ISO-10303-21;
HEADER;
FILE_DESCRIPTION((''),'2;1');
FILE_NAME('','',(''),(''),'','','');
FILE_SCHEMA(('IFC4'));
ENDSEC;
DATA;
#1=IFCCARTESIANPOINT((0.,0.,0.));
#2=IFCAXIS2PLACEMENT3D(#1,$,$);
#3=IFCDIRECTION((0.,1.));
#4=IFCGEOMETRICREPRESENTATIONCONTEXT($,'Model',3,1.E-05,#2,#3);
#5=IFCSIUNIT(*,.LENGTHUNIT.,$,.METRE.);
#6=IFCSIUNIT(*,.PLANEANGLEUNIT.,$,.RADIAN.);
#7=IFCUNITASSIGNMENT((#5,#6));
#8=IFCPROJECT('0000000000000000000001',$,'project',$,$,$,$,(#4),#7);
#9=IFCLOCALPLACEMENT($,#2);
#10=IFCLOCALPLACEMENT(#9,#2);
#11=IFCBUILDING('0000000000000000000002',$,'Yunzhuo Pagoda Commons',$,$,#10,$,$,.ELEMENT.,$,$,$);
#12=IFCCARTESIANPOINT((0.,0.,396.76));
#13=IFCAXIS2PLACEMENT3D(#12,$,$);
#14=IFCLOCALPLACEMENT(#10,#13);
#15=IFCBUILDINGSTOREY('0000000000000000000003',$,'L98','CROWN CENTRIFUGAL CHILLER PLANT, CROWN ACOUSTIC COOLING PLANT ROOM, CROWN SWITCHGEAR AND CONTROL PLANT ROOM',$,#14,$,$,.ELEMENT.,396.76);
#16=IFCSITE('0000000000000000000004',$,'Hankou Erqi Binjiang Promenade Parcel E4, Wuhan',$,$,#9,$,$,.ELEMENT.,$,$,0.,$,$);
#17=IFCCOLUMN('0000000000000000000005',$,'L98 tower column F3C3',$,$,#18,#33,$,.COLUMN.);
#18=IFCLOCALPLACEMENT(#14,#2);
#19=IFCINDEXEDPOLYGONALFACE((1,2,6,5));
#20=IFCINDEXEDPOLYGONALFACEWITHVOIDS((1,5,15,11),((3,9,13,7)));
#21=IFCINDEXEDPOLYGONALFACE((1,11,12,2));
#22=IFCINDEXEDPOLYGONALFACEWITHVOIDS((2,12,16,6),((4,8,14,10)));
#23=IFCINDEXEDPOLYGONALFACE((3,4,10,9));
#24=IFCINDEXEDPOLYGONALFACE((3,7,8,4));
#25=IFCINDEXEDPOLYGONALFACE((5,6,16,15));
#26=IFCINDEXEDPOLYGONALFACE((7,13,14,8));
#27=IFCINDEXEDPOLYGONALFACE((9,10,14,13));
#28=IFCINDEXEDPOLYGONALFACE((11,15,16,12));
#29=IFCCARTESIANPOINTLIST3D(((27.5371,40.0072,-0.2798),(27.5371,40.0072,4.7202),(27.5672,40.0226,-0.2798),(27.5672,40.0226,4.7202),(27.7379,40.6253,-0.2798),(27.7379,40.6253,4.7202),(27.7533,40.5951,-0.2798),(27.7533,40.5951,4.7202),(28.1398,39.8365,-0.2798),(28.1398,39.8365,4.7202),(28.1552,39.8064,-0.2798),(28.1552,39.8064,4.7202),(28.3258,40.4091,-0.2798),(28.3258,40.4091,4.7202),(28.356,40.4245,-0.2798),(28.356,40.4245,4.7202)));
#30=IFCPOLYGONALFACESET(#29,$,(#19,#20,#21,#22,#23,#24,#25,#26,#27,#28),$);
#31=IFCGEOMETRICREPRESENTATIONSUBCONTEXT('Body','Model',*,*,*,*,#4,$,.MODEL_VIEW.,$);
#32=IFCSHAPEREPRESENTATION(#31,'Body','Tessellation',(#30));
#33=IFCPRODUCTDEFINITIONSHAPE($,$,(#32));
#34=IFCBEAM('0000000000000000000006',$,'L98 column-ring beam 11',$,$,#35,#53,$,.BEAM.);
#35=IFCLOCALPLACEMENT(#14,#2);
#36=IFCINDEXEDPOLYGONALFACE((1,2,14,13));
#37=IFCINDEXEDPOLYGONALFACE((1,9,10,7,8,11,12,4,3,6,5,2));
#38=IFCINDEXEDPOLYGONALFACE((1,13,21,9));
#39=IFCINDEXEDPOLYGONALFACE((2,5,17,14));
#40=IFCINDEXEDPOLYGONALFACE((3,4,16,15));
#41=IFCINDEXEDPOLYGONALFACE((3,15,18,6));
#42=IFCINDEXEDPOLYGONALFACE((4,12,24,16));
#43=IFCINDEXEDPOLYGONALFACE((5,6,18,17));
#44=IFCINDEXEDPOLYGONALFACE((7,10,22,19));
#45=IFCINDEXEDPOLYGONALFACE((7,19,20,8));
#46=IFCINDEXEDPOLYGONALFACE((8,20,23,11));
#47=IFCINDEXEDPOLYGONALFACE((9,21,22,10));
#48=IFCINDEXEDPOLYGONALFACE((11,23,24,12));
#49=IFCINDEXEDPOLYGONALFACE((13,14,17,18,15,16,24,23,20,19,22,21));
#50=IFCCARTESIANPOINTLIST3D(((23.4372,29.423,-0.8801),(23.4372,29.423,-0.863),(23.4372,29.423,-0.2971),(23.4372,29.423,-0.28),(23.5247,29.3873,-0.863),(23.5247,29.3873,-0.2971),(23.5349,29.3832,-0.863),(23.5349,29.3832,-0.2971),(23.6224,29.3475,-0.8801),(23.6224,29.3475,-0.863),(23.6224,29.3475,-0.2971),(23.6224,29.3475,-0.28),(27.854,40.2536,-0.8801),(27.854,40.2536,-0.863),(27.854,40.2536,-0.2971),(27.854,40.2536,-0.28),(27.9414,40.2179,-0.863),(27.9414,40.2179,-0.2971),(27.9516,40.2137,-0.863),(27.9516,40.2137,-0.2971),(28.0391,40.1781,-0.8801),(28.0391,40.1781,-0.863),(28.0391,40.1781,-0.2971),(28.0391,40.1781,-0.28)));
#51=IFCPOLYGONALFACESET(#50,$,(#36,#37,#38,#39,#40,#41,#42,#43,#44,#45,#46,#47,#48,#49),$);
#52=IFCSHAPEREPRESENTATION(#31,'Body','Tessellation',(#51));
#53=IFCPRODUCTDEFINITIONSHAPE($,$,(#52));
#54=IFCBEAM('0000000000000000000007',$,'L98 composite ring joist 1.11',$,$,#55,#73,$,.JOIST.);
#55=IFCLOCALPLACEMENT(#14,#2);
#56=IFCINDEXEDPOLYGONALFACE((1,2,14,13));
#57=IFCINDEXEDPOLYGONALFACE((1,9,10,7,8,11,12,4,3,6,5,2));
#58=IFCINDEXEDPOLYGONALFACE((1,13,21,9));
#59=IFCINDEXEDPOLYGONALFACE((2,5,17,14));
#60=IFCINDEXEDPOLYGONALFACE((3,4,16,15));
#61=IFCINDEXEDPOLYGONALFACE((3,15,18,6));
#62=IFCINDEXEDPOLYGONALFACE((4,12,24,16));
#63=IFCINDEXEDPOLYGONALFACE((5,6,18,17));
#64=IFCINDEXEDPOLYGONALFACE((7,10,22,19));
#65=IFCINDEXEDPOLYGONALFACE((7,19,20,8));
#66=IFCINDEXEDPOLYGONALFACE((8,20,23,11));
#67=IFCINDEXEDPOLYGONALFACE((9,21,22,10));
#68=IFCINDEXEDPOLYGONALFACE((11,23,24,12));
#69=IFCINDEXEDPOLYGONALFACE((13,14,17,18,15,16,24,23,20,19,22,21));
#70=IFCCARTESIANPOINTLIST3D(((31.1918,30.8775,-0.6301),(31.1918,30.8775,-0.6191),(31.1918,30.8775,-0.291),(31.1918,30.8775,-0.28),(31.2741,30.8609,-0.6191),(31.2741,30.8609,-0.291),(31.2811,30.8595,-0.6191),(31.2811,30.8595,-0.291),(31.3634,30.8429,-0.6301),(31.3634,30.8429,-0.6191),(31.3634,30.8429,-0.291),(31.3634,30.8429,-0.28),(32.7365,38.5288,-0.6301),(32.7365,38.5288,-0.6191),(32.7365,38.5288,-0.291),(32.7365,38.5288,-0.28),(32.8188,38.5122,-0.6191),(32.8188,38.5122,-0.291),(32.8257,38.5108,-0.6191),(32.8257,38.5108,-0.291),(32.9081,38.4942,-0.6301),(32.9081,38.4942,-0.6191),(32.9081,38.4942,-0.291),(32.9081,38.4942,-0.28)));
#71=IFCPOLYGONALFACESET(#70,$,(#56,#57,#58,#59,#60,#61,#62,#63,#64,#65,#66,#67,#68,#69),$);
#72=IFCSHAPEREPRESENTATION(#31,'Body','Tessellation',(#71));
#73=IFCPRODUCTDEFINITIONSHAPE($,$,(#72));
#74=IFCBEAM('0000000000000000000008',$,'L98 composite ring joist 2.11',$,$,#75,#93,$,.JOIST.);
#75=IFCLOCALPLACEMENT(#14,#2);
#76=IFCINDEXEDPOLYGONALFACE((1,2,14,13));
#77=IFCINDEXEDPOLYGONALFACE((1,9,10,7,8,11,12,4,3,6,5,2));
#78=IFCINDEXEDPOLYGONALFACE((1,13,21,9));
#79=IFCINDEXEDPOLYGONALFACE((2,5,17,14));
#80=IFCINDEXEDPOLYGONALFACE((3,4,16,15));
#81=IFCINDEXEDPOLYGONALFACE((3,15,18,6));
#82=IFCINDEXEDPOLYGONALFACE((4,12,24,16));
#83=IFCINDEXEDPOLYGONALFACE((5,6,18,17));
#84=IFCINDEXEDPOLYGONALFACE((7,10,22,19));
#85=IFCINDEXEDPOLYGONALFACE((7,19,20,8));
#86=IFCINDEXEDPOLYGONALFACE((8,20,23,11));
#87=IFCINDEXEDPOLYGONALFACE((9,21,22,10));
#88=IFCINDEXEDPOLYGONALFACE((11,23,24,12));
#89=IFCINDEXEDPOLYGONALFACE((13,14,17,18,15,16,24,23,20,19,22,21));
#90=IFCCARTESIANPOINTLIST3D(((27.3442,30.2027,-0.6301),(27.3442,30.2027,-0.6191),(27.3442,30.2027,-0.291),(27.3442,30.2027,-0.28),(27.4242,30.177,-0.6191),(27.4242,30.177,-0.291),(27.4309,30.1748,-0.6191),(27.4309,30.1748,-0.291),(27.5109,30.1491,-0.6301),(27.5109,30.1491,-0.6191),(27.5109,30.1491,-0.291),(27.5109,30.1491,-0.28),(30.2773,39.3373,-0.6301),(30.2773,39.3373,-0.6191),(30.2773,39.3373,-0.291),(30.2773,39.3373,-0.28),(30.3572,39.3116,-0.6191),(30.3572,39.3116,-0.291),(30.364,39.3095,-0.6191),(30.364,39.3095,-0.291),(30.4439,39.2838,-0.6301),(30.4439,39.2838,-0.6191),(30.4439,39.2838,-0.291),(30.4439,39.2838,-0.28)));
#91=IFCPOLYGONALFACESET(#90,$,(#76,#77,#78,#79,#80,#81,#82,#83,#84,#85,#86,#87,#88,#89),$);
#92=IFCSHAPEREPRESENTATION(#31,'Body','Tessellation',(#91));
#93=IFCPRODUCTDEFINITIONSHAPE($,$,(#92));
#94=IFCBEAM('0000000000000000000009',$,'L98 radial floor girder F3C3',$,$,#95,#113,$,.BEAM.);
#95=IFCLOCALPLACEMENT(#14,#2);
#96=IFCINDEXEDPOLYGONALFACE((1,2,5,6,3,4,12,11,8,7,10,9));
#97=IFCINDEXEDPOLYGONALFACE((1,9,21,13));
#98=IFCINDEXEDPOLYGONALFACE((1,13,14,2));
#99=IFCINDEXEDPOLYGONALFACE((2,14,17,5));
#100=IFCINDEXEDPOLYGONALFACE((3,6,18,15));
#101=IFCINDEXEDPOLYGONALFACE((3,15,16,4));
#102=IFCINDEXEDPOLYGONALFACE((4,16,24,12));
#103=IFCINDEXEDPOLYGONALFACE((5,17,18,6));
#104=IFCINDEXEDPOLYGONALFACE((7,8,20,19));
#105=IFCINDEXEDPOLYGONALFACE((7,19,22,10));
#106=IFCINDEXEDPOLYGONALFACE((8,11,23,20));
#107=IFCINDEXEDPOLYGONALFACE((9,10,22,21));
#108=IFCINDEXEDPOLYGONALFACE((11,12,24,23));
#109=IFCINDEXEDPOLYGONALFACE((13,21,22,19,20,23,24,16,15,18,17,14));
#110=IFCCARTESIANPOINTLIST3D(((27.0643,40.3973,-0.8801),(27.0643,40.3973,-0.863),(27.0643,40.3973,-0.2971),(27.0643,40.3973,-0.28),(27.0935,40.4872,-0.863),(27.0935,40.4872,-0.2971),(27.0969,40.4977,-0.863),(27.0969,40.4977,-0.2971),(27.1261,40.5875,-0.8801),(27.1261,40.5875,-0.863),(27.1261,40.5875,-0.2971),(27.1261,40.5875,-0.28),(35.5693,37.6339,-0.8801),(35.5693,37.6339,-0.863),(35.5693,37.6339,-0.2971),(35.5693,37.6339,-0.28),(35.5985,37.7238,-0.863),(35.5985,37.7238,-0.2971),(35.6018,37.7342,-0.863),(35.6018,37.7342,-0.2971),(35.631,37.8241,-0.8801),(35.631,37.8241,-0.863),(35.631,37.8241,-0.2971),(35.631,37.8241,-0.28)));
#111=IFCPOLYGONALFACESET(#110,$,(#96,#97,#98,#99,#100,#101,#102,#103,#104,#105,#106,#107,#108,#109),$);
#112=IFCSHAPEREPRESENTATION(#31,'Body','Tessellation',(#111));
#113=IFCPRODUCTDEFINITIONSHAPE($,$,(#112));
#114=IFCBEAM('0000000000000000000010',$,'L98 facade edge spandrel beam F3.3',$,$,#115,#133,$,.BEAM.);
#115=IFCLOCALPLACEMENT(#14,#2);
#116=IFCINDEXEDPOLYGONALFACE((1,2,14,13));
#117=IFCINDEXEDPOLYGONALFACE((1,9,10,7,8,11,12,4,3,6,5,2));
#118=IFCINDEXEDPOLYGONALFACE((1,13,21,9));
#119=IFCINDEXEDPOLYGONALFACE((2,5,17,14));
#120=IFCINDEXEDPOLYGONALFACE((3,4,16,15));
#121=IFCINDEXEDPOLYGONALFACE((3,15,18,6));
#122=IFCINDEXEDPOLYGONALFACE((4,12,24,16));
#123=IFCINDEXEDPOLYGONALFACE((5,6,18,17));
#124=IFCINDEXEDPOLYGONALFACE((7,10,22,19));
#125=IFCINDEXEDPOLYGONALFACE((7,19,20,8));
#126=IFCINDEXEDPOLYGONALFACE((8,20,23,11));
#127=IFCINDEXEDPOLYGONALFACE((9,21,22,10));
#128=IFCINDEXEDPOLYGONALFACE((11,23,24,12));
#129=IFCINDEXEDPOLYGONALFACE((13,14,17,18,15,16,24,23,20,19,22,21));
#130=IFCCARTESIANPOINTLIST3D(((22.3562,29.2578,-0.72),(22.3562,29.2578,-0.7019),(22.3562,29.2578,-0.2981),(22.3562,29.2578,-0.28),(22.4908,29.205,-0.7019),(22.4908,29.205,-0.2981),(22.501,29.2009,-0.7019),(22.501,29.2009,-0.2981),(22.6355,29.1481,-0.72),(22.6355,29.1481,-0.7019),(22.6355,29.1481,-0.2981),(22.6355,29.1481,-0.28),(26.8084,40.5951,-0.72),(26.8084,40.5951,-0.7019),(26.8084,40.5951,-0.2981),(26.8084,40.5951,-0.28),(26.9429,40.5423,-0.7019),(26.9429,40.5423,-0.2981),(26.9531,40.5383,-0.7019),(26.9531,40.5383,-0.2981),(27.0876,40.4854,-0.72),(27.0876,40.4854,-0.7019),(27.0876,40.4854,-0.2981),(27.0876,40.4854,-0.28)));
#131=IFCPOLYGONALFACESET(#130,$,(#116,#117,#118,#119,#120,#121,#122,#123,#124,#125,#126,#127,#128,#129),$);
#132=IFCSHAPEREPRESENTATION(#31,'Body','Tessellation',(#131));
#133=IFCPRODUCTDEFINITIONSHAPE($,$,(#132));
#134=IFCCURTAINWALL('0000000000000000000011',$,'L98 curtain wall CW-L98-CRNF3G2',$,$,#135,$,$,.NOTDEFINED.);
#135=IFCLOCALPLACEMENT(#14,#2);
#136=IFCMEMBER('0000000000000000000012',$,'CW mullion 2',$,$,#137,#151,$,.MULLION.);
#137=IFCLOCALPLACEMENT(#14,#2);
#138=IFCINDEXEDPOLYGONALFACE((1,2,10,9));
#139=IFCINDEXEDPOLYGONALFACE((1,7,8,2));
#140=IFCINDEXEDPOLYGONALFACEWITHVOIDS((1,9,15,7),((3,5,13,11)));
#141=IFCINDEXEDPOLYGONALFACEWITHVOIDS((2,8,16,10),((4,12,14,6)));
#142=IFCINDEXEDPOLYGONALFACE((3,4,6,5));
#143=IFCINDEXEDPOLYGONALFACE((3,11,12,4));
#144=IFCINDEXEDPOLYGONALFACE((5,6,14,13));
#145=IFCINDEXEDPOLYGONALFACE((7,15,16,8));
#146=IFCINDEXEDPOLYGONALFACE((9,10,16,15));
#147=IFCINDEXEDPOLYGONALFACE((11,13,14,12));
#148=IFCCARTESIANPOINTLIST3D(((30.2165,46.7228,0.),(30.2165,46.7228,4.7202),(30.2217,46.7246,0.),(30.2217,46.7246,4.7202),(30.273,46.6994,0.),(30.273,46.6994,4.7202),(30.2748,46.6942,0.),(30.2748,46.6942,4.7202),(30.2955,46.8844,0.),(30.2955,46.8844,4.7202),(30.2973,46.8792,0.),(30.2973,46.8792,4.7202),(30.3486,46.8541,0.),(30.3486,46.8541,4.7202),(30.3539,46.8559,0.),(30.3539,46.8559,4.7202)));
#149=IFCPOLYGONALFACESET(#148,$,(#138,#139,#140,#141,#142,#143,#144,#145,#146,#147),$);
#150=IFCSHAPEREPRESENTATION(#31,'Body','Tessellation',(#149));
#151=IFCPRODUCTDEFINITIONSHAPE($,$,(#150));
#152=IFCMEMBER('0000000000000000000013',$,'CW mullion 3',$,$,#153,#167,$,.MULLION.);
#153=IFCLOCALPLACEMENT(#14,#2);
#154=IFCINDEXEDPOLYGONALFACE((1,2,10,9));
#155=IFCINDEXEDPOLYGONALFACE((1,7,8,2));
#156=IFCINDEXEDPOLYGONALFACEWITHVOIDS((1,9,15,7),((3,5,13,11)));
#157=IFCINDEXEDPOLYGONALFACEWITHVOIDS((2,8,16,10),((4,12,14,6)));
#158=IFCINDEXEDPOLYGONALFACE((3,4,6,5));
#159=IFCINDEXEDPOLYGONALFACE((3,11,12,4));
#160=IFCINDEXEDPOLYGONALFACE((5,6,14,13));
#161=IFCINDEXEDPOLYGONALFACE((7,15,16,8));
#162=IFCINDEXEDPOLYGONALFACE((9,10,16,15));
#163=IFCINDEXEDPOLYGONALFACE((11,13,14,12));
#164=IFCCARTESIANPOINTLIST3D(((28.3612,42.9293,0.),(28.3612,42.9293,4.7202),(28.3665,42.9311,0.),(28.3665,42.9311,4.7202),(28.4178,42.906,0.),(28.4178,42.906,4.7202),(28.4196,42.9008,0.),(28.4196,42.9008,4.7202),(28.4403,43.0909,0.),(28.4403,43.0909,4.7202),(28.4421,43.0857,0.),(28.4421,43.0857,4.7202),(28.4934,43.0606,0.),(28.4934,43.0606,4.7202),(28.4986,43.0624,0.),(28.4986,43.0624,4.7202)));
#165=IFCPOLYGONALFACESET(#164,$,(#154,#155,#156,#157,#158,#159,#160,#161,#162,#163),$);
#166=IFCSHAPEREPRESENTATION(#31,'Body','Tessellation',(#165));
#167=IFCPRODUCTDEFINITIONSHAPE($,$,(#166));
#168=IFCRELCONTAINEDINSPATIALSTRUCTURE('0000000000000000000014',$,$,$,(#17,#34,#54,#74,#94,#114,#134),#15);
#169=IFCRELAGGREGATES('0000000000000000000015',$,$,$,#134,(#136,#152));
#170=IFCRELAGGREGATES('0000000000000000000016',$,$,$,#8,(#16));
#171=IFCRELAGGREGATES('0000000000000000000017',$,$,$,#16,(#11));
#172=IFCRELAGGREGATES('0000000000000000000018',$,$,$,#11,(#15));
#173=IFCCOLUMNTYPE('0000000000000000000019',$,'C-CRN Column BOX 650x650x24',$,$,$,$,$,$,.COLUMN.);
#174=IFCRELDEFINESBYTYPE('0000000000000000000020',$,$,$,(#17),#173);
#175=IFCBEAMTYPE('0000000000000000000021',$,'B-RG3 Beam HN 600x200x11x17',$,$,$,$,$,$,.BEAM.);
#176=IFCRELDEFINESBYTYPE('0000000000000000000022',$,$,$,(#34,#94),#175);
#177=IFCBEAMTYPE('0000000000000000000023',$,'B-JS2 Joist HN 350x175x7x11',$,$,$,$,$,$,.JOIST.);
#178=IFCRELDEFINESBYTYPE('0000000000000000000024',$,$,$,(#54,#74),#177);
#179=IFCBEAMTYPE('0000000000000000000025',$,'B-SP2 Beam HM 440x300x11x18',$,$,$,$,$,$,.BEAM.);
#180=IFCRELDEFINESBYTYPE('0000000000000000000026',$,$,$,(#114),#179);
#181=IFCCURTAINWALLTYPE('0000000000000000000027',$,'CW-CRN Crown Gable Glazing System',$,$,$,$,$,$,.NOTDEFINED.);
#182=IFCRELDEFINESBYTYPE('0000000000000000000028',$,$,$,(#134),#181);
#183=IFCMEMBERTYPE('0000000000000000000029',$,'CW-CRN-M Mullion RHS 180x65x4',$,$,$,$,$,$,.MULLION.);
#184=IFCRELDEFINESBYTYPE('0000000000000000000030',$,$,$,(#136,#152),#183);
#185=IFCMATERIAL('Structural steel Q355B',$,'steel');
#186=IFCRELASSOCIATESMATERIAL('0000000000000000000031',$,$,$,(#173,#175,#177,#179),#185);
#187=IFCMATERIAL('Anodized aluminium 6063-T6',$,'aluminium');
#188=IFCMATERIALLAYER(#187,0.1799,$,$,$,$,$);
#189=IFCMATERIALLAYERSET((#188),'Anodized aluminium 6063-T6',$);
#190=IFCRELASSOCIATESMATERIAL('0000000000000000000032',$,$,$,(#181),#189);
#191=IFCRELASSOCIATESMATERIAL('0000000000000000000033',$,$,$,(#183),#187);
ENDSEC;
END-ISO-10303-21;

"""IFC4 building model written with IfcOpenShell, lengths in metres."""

from ifc_helpers import new_model, si_unit, direction, frame, origin, origin_2d, place, context, subcontext, project, spatial, hollow_rectangle, i_section, extrude, source, transform, mapped, material, layer, layer_set, material_profile, profile_set, type_object, element, aggregate, save


model = new_model("IFC4")

# Units and contexts
model_context = context("Model", 3, precision=1e-05, world=origin(), true_north=direction((0.0, 1.0)))
body_context = subcontext(model_context, "Body", "Model", "MODEL_VIEW")
ifc_project = project(units=[si_unit("LENGTHUNIT", "METRE"), si_unit("PLANEANGLEUNIT", "RADIAN")], contexts=[model_context])

# Site, building, storey
site_placement = place(None, origin())
site = spatial("IfcSite", under=ifc_project, at=site_placement, Name="Hankou Erqi Binjiang Promenade Parcel E4, Wuhan", CompositionType="ELEMENT", RefElevation=0.0)
building_placement = place(site_placement, origin())
building = spatial("IfcBuilding", under=site, at=building_placement, Name="Yunzhuo Pagoda Commons", CompositionType="ELEMENT")
storey_placement = place(building_placement, frame((0.0, 0.0, 396.76)))
storey = spatial("IfcBuildingStorey", under=building, at=storey_placement, Name="L98", Description="CROWN CENTRIFUGAL CHILLER PLANT, CROWN ACOUSTIC COOLING PLANT ROOM, CROWN SWITCHGEAR AND CONTROL PLANT ROOM", CompositionType="ELEMENT", Elevation=396.76)

# Column
ifc_material_1 = material(Name="Structural steel Q355B", Category="steel")
ifc_material_profile_1 = material_profile(ifc_material_1, hollow_rectangle(XDim=0.6499, YDim=0.6499, WallThickness=0.0239, at=origin_2d()), Name="Structural steel Q355B")
ifc_profile_set_1 = profile_set([ifc_material_profile_1], Name="Structural steel Q355B")
column_type = type_object("IfcColumnType", Name="C-CRN Column BOX 650x650x24", PredefinedType="COLUMN", material=ifc_profile_set_1)
shared_shape_1 = source(origin(), body_context, "Body", "SweptSolid", [
    extrude(hollow_rectangle(XDim=0.6499, YDim=0.6499, WallThickness=0.0239, at=origin_2d()), origin(), (0.0, 0.0, 1.0), 5.0),
])
column_placement = place(storey_placement, frame((27.9465, 40.2158, -0.2798), z_axis=(0.0, 0.0, 1.0), x_axis=(-0.309017, -0.951057, 0.0)))
element("IfcColumn", 1, at=column_placement, inside=storey, type_object=column_type, Name="L98 tower column F3C3", PredefinedType="COLUMN", context=body_context, shape_type="MappedRepresentation", body=[
    mapped(shared_shape_1, transform((0.0, 0.0, 0.0), scale=1.0)),
])

# Beams
ifc_material_profile_2 = material_profile(ifc_material_1, i_section(OverallWidth=0.2, OverallDepth=0.6001, WebThickness=0.011, FlangeThickness=0.0171, at=origin_2d()), Name="Structural steel Q355B")
ifc_profile_set_2 = profile_set([ifc_material_profile_2], Name="Structural steel Q355B")
beam_type_1 = type_object("IfcBeamType", Name="B-RG3 Beam HN 600x200x11x17", PredefinedType="BEAM", material=ifc_profile_set_2)
shared_shape_2 = source(origin(), body_context, "Body", "SweptSolid", [
    extrude(i_section(OverallWidth=0.2, OverallDepth=0.6001, WebThickness=0.011, FlangeThickness=0.0171, at=origin_2d()), origin(), (0.0, 0.0, 1.0), 11.6965),
])
beam_1_placement = place(storey_placement, frame((27.9465, 40.2158, -0.5801), z_axis=(-0.377612, -0.925964, 0.0), x_axis=(0.925964, -0.377612, 0.0)))
element("IfcBeam", 2, at=beam_1_placement, inside=storey, type_object=beam_type_1, Name="L98 column-ring beam 11", PredefinedType="BEAM", context=body_context, shape_type="MappedRepresentation", body=[
    mapped(shared_shape_2, transform((0.0, 0.0, 0.0), scale=1.0)),
])
ifc_material_profile_3 = material_profile(ifc_material_1, i_section(OverallWidth=0.175, OverallDepth=0.3501, WebThickness=0.0071, FlangeThickness=0.011, at=origin_2d()), Name="Structural steel Q355B")
ifc_profile_set_3 = profile_set([ifc_material_profile_3], Name="Structural steel Q355B")
beam_type_2 = type_object("IfcBeamType", Name="B-JS2 Joist HN 350x175x7x11", PredefinedType="JOIST", material=ifc_profile_set_3)
shared_shape_3 = source(origin(), body_context, "Body", "SweptSolid", [
    extrude(i_section(OverallWidth=0.175, OverallDepth=0.3501, WebThickness=0.0071, FlangeThickness=0.011, at=origin_2d()), origin(), (0.0, 0.0, 1.0), 7.8057),
])
beam_2_placement = place(storey_placement, frame((32.8223, 38.5115, -0.4551), z_axis=(-0.19789, -0.980224, 0.0), x_axis=(0.980224, -0.19789, 0.0)))
element("IfcBeam", 3, at=beam_2_placement, inside=storey, type_object=beam_type_2, Name="L98 composite ring joist 1.11", PredefinedType="JOIST", context=body_context, shape_type="MappedRepresentation", body=[
    mapped(shared_shape_3, transform((0.0, 0.0, 0.0), scale=1.0)),
])
shared_shape_4 = source(origin(), body_context, "Body", "SweptSolid", [
    extrude(i_section(OverallWidth=0.175, OverallDepth=0.3501, WebThickness=0.0071, FlangeThickness=0.011, at=origin_2d()), origin(), (0.0, 0.0, 1.0), 9.594),
])
beam_3_placement = place(storey_placement, frame((30.3606, 39.3105, -0.4551), z_axis=(-0.305719, -0.952122, 0.0), x_axis=(0.952122, -0.305719, 0.0)))
element("IfcBeam", 4, at=beam_3_placement, inside=storey, type_object=beam_type_2, Name="L98 composite ring joist 2.11", PredefinedType="JOIST", context=body_context, shape_type="MappedRepresentation", body=[
    mapped(shared_shape_4, transform((0.0, 0.0, 0.0), scale=1.0)),
])
shared_shape_5 = source(origin(), body_context, "Body", "SweptSolid", [
    extrude(i_section(OverallWidth=0.2, OverallDepth=0.6001, WebThickness=0.011, FlangeThickness=0.0171, at=origin_2d()), origin(), (0.0, 0.0, 1.0), 8.9426),
])
beam_4_placement = place(storey_placement, frame((27.0952, 40.4924, -0.5801), z_axis=(0.951056, -0.309019, 0.0), x_axis=(0.309019, 0.951056, 0.0)))
element("IfcBeam", 5, at=beam_4_placement, inside=storey, type_object=beam_type_1, Name="L98 radial floor girder F3C3", PredefinedType="BEAM", context=body_context, shape_type="MappedRepresentation", body=[
    mapped(shared_shape_5, transform((0.0, 0.0, 0.0), scale=1.0)),
])
ifc_material_profile_4 = material_profile(ifc_material_1, i_section(OverallWidth=0.3, OverallDepth=0.4399, WebThickness=0.011, FlangeThickness=0.0181, at=origin_2d()), Name="Structural steel Q355B")
ifc_profile_set_4 = profile_set([ifc_material_profile_4], Name="Structural steel Q355B")
beam_type_3 = type_object("IfcBeamType", Name="B-SP2 Beam HM 440x300x11x18", PredefinedType="BEAM", material=ifc_profile_set_4)
shared_shape_6 = source(origin(), body_context, "Body", "SweptSolid", [
    extrude(i_section(OverallWidth=0.3, OverallDepth=0.4399, WebThickness=0.011, FlangeThickness=0.0181, at=origin_2d()), origin(), (0.0, 0.0, 1.0), 12.1802),
])
beam_5_placement = place(storey_placement, frame((26.948, 40.5403, -0.5), z_axis=(-0.365522, -0.930803, 0.0), x_axis=(0.930803, -0.365522, 0.0)))
element("IfcBeam", 6, at=beam_5_placement, inside=storey, type_object=beam_type_3, Name="L98 facade edge spandrel beam F3.3", PredefinedType="BEAM", context=body_context, shape_type="MappedRepresentation", body=[
    mapped(shared_shape_6, transform((0.0, 0.0, 0.0), scale=1.0)),
])

# Curtain wall, members
ifc_material_2 = material(Name="Anodized aluminium 6063-T6", Category="aluminium")
ifc_layer_1 = layer(ifc_material_2, 0.1799)
ifc_layer_set_1 = layer_set([ifc_layer_1], Name="Anodized aluminium 6063-T6")
curtain_wall_type = type_object("IfcCurtainWallType", Name="CW-CRN Crown Gable Glazing System", PredefinedType="NOTDEFINED", material=ifc_layer_set_1)
curtain_wall_placement = place(storey_placement, origin())
curtain_wall = element("IfcCurtainWall", 7, at=curtain_wall_placement, inside=storey, type_object=curtain_wall_type, Name="L98 curtain wall CW-L98-CRNF3G2", PredefinedType="NOTDEFINED")
ifc_material_profile_5 = material_profile(ifc_material_2, hollow_rectangle(XDim=0.0649, YDim=0.1799, WallThickness=0.0039, at=origin_2d()), Name="Anodized aluminium 6063-T6")
ifc_profile_set_5 = profile_set([ifc_material_profile_5], Name="Anodized aluminium 6063-T6")
member_type_1 = type_object("IfcMemberType", Name="CW-CRN-M Mullion RHS 180x65x4", PredefinedType="MULLION", material=ifc_profile_set_5)
shared_shape_7 = source(origin(), body_context, "Body", "SweptSolid", [
    extrude(hollow_rectangle(XDim=0.0649, YDim=0.1799, WallThickness=0.0039, at=origin_2d()), origin(), (0.0, 0.0, 1.0), 4.7202),
])
member_1_placement = place(storey_placement, frame((30.2852, 46.7893, 0.0), z_axis=(0.0, 0.0, 1.0), x_axis=(0.898299, -0.439384, 0.0)))
member_1 = element("IfcMember", 8, at=member_1_placement, type_object=member_type_1, Name="CW mullion 2", PredefinedType="MULLION", context=body_context, shape_type="MappedRepresentation", body=[
    mapped(shared_shape_7, transform((0.0, 0.0, 0.0), scale=1.0)),
])
member_2_placement = place(storey_placement, frame((28.4299, 42.9958, 0.0), z_axis=(0.0, 0.0, 1.0), x_axis=(0.898299, -0.439384, 0.0)))
member_2 = element("IfcMember", 9, at=member_2_placement, type_object=member_type_1, Name="CW mullion 3", PredefinedType="MULLION", context=body_context, shape_type="MappedRepresentation", body=[
    mapped(shared_shape_7, transform((0.0, 0.0, 0.0), scale=1.0)),
])
aggregate(curtain_wall, [member_1, member_2])

save(model, "model.ifc")
